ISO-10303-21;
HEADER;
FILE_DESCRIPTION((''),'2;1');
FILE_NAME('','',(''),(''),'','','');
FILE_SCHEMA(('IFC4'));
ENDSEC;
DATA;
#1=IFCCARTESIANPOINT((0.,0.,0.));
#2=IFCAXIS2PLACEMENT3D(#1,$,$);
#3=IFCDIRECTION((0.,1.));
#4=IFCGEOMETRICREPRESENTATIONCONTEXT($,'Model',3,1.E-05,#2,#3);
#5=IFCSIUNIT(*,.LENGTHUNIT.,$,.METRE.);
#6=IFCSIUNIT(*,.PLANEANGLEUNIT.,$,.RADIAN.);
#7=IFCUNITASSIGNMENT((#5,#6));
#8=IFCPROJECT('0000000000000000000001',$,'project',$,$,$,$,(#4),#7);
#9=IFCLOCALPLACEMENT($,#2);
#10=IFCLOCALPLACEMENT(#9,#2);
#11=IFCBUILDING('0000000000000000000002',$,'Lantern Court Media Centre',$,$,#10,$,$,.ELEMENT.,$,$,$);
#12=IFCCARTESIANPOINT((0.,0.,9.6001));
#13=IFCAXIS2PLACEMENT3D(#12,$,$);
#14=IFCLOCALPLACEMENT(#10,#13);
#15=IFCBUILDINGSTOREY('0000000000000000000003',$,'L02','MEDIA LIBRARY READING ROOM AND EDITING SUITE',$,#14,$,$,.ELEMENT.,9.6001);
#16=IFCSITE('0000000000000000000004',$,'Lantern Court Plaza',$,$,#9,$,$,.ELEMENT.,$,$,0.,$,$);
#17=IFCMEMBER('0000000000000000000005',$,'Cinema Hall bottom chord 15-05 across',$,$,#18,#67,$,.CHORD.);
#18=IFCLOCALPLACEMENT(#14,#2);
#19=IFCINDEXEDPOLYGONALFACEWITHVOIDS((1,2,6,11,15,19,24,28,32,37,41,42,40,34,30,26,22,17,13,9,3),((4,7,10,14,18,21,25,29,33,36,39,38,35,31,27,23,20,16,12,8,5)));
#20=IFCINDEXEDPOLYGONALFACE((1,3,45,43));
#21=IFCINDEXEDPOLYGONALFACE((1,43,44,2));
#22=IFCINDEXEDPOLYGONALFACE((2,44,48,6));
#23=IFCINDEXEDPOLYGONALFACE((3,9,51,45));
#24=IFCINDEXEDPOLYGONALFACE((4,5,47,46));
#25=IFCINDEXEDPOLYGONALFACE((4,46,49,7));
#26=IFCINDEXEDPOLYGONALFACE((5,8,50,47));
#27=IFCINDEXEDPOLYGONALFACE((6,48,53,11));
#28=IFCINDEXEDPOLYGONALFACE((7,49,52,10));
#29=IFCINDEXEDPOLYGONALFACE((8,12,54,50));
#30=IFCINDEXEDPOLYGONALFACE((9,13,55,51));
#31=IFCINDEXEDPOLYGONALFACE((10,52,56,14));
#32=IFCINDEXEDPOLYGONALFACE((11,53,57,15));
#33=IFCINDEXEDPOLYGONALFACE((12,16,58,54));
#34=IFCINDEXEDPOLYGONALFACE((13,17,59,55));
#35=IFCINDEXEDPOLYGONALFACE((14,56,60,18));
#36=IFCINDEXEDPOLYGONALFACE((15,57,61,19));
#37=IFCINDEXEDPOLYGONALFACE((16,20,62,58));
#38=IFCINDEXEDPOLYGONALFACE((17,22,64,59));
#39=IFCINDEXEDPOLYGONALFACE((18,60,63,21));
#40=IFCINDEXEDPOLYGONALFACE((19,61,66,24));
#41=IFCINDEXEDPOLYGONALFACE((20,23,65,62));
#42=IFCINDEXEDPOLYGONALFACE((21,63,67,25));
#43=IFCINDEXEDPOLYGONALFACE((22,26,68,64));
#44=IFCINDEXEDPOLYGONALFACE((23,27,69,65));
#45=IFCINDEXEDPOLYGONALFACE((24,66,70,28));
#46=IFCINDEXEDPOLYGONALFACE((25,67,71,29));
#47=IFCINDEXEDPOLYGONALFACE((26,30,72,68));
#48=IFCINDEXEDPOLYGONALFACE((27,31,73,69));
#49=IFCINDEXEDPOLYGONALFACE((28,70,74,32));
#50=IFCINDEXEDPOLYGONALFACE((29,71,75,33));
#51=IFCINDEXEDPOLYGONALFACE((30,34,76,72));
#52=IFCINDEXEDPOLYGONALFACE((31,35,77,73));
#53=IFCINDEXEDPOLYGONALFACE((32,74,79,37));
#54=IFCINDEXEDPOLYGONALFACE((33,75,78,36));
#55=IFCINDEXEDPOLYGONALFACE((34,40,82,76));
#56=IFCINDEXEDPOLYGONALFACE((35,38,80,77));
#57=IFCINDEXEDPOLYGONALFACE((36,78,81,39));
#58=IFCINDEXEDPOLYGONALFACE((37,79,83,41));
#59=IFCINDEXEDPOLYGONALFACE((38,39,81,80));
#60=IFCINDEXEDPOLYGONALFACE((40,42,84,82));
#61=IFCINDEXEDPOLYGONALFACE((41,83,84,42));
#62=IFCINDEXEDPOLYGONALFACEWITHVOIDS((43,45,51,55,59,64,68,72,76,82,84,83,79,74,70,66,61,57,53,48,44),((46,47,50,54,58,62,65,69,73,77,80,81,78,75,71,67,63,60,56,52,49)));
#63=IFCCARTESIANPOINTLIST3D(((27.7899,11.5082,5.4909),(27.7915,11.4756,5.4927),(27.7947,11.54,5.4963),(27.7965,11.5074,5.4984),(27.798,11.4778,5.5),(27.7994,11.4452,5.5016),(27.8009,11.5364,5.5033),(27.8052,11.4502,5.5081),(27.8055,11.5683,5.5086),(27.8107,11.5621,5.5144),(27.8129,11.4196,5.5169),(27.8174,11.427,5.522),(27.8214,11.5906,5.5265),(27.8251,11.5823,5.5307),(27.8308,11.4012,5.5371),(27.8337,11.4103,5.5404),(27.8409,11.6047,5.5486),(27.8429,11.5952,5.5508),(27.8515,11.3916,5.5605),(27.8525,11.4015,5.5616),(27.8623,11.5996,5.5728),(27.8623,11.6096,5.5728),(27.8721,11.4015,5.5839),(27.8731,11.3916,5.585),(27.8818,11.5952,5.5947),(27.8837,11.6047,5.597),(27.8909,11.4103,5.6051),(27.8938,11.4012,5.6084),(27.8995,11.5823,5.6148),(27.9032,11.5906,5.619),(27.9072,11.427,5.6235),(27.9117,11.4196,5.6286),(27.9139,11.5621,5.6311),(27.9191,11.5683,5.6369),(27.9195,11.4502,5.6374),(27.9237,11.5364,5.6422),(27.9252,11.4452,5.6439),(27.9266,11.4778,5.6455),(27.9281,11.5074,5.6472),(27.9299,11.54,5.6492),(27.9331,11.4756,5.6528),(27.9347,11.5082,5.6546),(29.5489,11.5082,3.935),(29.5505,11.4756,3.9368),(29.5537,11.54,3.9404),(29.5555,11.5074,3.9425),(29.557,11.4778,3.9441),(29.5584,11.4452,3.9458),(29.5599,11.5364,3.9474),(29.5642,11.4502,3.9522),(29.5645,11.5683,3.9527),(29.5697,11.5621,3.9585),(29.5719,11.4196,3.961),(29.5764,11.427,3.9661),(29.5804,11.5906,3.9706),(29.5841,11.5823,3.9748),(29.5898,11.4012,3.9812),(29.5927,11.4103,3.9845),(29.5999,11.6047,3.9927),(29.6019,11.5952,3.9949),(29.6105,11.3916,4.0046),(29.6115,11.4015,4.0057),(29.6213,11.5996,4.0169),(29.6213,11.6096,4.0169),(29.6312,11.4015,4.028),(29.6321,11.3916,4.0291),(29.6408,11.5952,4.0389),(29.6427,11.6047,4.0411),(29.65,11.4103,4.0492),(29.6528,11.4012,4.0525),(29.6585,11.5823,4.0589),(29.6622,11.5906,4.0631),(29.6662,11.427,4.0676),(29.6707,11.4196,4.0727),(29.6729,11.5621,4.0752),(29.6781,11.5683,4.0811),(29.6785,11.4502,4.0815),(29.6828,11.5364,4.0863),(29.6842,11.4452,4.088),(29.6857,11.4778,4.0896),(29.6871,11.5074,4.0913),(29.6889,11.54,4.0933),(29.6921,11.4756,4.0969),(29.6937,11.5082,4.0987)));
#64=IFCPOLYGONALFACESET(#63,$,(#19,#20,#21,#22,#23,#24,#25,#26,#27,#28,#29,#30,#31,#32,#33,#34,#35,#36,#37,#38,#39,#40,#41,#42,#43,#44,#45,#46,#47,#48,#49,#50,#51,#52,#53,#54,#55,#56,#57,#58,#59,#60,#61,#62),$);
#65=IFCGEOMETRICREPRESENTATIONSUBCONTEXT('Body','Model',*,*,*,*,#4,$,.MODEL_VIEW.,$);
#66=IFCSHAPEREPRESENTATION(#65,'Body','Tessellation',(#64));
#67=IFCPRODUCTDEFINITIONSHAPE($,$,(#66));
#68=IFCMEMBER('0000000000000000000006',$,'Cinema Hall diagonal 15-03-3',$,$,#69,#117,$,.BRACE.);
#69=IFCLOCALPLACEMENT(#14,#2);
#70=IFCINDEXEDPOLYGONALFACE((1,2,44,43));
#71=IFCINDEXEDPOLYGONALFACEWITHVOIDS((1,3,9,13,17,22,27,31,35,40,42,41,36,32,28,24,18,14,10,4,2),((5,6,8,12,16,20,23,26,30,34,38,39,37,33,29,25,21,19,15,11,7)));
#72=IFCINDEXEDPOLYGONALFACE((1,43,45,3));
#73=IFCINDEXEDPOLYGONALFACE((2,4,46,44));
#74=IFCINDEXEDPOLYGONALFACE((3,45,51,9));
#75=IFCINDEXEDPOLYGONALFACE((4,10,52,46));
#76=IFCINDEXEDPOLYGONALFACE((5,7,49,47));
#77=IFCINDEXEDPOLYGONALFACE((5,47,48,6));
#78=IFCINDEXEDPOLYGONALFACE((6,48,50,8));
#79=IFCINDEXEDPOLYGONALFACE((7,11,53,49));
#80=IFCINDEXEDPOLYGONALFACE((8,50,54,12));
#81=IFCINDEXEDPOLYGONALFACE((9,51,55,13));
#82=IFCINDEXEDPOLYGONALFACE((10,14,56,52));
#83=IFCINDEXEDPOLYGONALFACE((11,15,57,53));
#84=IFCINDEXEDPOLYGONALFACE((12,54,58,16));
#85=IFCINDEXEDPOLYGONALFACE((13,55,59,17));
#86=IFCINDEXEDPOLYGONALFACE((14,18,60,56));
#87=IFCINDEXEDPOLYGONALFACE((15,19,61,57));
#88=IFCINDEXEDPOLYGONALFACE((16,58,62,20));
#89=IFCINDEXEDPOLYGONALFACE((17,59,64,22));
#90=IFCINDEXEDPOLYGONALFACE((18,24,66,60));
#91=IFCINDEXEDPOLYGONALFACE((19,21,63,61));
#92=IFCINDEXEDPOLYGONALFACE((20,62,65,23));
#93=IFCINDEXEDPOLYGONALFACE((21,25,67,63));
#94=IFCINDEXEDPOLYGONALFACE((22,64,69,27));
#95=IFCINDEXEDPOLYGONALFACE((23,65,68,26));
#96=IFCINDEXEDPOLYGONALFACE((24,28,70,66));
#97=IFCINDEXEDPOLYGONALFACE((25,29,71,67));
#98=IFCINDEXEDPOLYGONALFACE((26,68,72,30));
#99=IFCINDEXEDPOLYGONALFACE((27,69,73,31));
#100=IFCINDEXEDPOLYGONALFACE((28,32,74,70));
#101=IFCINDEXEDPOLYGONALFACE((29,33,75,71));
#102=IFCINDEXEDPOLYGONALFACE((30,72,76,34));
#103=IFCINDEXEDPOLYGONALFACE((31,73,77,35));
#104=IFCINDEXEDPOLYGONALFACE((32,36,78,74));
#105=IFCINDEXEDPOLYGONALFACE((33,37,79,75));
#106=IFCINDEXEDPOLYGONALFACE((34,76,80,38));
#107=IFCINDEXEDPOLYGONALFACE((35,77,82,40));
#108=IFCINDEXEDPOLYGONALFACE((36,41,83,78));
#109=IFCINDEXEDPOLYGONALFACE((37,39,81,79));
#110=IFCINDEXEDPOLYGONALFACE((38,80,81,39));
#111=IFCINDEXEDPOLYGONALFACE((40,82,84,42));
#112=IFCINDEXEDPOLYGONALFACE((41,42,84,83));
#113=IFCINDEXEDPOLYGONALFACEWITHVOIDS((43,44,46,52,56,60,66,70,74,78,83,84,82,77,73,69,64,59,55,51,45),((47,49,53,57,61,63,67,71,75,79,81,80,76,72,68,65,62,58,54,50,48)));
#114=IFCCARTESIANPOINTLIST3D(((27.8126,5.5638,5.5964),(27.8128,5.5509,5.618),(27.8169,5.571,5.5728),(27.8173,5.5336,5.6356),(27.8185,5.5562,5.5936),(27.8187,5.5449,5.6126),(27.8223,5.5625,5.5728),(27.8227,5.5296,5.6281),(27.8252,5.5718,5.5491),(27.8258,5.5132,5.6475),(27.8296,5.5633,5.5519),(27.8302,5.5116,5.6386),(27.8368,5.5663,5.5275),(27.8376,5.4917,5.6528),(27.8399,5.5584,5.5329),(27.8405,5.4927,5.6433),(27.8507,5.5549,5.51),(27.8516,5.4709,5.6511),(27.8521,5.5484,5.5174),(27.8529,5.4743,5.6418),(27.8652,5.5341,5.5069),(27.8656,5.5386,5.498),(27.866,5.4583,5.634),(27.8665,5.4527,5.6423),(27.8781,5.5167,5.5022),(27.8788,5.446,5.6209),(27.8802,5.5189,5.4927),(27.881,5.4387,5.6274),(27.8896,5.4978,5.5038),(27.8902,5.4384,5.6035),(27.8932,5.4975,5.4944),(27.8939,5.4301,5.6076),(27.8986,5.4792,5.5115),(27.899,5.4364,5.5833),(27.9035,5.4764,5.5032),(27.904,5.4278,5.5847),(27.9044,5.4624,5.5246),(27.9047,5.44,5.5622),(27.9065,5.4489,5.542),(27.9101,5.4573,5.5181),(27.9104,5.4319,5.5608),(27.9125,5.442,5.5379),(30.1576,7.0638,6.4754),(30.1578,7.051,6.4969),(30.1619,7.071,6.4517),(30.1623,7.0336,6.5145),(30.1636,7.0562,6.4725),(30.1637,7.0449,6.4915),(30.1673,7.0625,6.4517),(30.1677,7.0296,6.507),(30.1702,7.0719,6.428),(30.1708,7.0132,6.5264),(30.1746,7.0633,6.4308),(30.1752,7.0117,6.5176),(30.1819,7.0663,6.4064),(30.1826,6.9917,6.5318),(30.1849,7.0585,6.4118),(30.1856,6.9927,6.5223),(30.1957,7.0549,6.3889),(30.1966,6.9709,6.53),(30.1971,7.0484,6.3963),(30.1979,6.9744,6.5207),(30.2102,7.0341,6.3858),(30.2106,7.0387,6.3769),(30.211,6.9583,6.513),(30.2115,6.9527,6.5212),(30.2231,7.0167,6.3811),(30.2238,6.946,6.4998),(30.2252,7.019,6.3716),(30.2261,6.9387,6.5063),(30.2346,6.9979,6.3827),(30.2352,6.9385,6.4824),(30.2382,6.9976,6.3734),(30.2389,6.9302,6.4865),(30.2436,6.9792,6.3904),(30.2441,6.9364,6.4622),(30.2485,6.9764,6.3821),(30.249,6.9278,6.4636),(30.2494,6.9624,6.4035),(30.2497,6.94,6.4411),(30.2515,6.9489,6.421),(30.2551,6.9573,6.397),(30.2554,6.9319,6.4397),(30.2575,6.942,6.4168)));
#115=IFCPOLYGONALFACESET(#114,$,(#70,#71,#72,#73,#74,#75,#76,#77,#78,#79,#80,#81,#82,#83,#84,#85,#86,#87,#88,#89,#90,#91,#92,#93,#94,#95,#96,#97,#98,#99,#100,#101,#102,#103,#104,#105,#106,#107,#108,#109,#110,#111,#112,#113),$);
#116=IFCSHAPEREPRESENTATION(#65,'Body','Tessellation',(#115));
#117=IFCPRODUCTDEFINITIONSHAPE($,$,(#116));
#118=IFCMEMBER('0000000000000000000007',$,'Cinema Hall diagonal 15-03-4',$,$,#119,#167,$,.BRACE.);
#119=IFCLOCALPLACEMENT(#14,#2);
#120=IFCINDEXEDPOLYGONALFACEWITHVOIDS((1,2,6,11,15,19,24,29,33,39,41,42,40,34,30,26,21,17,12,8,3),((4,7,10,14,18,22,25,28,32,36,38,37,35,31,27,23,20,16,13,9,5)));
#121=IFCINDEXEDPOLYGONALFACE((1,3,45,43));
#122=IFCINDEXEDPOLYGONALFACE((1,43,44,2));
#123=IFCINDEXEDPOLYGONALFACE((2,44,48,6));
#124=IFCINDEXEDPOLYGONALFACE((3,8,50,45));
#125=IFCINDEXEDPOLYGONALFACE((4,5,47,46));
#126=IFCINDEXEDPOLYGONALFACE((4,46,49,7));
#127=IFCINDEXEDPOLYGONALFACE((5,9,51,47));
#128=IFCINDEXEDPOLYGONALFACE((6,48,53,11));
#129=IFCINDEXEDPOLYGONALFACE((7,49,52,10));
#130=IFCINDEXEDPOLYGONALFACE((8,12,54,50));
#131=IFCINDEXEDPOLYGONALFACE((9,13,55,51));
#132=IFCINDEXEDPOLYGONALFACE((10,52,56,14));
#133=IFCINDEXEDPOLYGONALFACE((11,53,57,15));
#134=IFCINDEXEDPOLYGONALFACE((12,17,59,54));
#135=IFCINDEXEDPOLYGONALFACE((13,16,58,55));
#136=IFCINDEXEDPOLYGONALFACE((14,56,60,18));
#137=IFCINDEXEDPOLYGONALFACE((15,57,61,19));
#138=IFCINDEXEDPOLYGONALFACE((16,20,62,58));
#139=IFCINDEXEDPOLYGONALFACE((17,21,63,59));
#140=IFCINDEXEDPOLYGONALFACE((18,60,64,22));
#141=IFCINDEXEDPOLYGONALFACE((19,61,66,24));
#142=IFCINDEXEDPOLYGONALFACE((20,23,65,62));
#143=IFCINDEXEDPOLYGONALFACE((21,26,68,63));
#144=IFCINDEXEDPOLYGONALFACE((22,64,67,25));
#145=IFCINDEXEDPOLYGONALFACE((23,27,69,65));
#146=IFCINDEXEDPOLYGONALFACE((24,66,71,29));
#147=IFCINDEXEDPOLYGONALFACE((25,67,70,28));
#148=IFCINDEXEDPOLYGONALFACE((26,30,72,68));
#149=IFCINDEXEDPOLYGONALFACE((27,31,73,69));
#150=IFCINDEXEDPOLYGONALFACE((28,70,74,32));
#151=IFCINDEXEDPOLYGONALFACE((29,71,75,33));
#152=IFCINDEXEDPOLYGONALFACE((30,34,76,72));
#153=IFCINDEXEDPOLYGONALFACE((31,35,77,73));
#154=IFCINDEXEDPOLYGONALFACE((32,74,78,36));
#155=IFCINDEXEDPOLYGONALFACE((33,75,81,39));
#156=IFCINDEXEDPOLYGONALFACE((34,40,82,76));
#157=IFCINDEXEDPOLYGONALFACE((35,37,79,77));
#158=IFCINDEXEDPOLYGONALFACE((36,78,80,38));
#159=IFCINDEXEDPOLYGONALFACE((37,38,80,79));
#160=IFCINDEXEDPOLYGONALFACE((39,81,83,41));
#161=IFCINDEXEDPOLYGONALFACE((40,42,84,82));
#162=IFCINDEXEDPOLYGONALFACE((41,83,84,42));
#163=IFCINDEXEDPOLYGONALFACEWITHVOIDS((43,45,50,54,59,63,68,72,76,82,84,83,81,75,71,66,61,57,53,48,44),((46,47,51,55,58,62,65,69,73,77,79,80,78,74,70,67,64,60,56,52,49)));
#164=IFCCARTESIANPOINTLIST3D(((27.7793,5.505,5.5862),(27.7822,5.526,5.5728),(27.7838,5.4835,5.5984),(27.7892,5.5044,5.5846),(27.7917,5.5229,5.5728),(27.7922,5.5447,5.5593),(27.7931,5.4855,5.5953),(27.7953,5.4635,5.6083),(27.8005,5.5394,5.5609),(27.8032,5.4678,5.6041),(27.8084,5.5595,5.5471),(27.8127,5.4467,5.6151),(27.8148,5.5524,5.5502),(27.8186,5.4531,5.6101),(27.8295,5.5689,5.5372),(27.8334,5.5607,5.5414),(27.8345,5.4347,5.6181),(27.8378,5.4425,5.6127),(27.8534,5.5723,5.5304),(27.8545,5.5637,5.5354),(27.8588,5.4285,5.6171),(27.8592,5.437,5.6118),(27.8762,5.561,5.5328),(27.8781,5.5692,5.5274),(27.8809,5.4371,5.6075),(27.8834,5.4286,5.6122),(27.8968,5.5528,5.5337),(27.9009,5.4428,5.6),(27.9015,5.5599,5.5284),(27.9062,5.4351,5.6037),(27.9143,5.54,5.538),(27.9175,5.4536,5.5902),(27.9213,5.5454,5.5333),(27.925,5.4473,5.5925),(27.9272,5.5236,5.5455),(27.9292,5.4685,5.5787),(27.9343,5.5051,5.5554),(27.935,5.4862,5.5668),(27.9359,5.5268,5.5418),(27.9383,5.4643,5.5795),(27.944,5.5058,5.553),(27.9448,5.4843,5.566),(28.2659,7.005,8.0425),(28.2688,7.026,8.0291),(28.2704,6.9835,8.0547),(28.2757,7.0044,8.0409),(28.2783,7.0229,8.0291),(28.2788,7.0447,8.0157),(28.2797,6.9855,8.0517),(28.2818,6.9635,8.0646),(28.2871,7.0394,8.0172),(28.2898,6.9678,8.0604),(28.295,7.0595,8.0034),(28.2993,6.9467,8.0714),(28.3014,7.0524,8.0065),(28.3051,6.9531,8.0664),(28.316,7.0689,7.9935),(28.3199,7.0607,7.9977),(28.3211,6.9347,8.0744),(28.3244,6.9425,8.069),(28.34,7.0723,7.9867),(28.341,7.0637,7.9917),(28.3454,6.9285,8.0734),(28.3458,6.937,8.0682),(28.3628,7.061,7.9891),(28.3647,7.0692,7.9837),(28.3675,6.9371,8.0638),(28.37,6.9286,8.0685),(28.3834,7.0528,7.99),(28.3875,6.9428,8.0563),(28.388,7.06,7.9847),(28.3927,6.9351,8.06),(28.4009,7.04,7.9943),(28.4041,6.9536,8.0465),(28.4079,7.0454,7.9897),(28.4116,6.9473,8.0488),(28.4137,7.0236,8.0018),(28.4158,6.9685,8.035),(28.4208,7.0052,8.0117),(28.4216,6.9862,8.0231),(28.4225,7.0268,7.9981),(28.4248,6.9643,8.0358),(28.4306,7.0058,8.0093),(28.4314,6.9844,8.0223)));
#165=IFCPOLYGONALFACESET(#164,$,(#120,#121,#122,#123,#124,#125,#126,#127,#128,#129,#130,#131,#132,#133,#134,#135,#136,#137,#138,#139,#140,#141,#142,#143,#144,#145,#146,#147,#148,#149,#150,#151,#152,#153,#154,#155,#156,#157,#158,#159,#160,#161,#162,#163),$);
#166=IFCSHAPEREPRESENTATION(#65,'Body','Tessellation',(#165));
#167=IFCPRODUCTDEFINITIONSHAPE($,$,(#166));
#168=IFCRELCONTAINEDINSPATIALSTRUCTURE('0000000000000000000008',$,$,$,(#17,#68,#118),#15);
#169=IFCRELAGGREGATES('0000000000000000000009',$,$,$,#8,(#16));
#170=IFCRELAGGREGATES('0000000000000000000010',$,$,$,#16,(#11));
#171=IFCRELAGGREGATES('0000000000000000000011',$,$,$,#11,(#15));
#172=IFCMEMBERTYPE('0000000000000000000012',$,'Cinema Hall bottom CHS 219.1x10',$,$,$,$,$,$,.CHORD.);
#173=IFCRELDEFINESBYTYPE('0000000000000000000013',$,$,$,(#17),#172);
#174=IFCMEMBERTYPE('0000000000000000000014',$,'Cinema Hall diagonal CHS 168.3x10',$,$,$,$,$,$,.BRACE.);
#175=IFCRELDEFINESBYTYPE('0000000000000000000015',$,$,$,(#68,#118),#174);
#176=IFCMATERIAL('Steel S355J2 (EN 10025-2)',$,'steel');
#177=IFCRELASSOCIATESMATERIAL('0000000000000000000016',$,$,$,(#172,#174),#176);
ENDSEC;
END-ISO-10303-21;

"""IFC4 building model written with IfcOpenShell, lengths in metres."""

from ifc_helpers import new_model, si_unit, direction, frame, origin, origin_2d, place, context, subcontext, project, spatial, hollow_circle, extrude, material, material_profile, profile_set, type_object, element, save


model = new_model("IFC4")

# Units and contexts
model_context = context("Model", 3, precision=1e-05, world=origin(), true_north=direction((0.0, 1.0)))
body_context = subcontext(model_context, "Body", "Model", "MODEL_VIEW")
ifc_project = project(units=[si_unit("LENGTHUNIT", "METRE"), si_unit("PLANEANGLEUNIT", "RADIAN")], contexts=[model_context])

# Site, building, storey
site_placement = place(None, origin())
site = spatial("IfcSite", under=ifc_project, at=site_placement, Name="Lantern Court Plaza", CompositionType="ELEMENT", RefElevation=0.0)
building_placement = place(site_placement, origin())
building = spatial("IfcBuilding", under=site, at=building_placement, Name="Lantern Court Media Centre", CompositionType="ELEMENT")
storey_placement = place(building_placement, frame((0.0, 0.0, 9.6001)))
storey = spatial("IfcBuildingStorey", under=building, at=storey_placement, Name="L02", Description="MEDIA LIBRARY READING ROOM AND EDITING SUITE", CompositionType="ELEMENT", Elevation=9.6001)

# Members
ifc_material = material(Name="Steel S355J2 (EN 10025-2)", Category="steel")
ifc_material_profile_1 = material_profile(ifc_material, hollow_circle(Radius=0.1096, WallThickness=0.01, at=origin_2d()), Name="Cinema Hall bottom CHS 219.1x10")
ifc_profile_set_1 = profile_set([ifc_material_profile_1], Name="Steel S355J2 (EN 10025-2)")
member_type_1 = type_object("IfcMemberType", Name="Cinema Hall bottom CHS 219.1x10", PredefinedType="CHORD", material=ifc_profile_set_1)
for number, where, z_axis, x_axis, name in (
    (1, (27.8623, 11.5, 5.5728), (0.74903, 0.0, -0.662536), (0.0, 1.0, 0.0), "Cinema Hall bottom chord 15-05 across"),
):
    element("IfcMember", number, at=place(storey_placement, frame(where, z_axis=z_axis, x_axis=x_axis)), inside=storey, type_object=member_type_1, Name=name, PredefinedType="CHORD", context=body_context, shape_type="SweptSolid", body=[
        extrude(hollow_circle(Radius=0.1096, WallThickness=0.01, at=origin_2d()), origin(), (0.0, 0.0, 1.0), 2.3484),
    ])
ifc_material_profile_2 = material_profile(ifc_material, hollow_circle(Radius=0.0842, WallThickness=0.01, at=origin_2d()), Name="Cinema Hall diagonal CHS 168.3x10")
ifc_profile_set_2 = profile_set([ifc_material_profile_2], Name="Steel S355J2 (EN 10025-2)")
member_type_2 = type_object("IfcMemberType", Name="Cinema Hall diagonal CHS 168.3x10", PredefinedType="BRACE", material=ifc_profile_set_2)
member_placement = place(storey_placement, frame((27.8623, 5.5, 5.5728), z_axis=(0.803309, 0.51385, 0.301084), x_axis=(-0.538855, 0.842399, 0.0)))
element("IfcMember", 2, at=member_placement, inside=storey, type_object=member_type_2, Name="Cinema Hall diagonal 15-03-3", PredefinedType="BRACE", context=body_context, shape_type="SweptSolid", body=[
    extrude(hollow_circle(Radius=0.0842, WallThickness=0.01, at=origin_2d()), origin(), (0.0, 0.0, 1.0), 2.9192),
])
for number, where, z_axis, x_axis, name in (
    (3, (27.8623, 5.5, 5.5728), (0.166695, 0.513887, 0.841506), (-0.951207, 0.308554, 0.0), "Cinema Hall diagonal 15-03-4"),
):
    element("IfcMember", number, at=place(storey_placement, frame(where, z_axis=z_axis, x_axis=x_axis)), inside=storey, type_object=member_type_2, Name=name, PredefinedType="BRACE", context=body_context, shape_type="SweptSolid", body=[
        extrude(hollow_circle(Radius=0.0842, WallThickness=0.01, at=origin_2d()), origin(), (0.0, 0.0, 1.0), 2.9189),
    ])

save(model, "model.ifc")
